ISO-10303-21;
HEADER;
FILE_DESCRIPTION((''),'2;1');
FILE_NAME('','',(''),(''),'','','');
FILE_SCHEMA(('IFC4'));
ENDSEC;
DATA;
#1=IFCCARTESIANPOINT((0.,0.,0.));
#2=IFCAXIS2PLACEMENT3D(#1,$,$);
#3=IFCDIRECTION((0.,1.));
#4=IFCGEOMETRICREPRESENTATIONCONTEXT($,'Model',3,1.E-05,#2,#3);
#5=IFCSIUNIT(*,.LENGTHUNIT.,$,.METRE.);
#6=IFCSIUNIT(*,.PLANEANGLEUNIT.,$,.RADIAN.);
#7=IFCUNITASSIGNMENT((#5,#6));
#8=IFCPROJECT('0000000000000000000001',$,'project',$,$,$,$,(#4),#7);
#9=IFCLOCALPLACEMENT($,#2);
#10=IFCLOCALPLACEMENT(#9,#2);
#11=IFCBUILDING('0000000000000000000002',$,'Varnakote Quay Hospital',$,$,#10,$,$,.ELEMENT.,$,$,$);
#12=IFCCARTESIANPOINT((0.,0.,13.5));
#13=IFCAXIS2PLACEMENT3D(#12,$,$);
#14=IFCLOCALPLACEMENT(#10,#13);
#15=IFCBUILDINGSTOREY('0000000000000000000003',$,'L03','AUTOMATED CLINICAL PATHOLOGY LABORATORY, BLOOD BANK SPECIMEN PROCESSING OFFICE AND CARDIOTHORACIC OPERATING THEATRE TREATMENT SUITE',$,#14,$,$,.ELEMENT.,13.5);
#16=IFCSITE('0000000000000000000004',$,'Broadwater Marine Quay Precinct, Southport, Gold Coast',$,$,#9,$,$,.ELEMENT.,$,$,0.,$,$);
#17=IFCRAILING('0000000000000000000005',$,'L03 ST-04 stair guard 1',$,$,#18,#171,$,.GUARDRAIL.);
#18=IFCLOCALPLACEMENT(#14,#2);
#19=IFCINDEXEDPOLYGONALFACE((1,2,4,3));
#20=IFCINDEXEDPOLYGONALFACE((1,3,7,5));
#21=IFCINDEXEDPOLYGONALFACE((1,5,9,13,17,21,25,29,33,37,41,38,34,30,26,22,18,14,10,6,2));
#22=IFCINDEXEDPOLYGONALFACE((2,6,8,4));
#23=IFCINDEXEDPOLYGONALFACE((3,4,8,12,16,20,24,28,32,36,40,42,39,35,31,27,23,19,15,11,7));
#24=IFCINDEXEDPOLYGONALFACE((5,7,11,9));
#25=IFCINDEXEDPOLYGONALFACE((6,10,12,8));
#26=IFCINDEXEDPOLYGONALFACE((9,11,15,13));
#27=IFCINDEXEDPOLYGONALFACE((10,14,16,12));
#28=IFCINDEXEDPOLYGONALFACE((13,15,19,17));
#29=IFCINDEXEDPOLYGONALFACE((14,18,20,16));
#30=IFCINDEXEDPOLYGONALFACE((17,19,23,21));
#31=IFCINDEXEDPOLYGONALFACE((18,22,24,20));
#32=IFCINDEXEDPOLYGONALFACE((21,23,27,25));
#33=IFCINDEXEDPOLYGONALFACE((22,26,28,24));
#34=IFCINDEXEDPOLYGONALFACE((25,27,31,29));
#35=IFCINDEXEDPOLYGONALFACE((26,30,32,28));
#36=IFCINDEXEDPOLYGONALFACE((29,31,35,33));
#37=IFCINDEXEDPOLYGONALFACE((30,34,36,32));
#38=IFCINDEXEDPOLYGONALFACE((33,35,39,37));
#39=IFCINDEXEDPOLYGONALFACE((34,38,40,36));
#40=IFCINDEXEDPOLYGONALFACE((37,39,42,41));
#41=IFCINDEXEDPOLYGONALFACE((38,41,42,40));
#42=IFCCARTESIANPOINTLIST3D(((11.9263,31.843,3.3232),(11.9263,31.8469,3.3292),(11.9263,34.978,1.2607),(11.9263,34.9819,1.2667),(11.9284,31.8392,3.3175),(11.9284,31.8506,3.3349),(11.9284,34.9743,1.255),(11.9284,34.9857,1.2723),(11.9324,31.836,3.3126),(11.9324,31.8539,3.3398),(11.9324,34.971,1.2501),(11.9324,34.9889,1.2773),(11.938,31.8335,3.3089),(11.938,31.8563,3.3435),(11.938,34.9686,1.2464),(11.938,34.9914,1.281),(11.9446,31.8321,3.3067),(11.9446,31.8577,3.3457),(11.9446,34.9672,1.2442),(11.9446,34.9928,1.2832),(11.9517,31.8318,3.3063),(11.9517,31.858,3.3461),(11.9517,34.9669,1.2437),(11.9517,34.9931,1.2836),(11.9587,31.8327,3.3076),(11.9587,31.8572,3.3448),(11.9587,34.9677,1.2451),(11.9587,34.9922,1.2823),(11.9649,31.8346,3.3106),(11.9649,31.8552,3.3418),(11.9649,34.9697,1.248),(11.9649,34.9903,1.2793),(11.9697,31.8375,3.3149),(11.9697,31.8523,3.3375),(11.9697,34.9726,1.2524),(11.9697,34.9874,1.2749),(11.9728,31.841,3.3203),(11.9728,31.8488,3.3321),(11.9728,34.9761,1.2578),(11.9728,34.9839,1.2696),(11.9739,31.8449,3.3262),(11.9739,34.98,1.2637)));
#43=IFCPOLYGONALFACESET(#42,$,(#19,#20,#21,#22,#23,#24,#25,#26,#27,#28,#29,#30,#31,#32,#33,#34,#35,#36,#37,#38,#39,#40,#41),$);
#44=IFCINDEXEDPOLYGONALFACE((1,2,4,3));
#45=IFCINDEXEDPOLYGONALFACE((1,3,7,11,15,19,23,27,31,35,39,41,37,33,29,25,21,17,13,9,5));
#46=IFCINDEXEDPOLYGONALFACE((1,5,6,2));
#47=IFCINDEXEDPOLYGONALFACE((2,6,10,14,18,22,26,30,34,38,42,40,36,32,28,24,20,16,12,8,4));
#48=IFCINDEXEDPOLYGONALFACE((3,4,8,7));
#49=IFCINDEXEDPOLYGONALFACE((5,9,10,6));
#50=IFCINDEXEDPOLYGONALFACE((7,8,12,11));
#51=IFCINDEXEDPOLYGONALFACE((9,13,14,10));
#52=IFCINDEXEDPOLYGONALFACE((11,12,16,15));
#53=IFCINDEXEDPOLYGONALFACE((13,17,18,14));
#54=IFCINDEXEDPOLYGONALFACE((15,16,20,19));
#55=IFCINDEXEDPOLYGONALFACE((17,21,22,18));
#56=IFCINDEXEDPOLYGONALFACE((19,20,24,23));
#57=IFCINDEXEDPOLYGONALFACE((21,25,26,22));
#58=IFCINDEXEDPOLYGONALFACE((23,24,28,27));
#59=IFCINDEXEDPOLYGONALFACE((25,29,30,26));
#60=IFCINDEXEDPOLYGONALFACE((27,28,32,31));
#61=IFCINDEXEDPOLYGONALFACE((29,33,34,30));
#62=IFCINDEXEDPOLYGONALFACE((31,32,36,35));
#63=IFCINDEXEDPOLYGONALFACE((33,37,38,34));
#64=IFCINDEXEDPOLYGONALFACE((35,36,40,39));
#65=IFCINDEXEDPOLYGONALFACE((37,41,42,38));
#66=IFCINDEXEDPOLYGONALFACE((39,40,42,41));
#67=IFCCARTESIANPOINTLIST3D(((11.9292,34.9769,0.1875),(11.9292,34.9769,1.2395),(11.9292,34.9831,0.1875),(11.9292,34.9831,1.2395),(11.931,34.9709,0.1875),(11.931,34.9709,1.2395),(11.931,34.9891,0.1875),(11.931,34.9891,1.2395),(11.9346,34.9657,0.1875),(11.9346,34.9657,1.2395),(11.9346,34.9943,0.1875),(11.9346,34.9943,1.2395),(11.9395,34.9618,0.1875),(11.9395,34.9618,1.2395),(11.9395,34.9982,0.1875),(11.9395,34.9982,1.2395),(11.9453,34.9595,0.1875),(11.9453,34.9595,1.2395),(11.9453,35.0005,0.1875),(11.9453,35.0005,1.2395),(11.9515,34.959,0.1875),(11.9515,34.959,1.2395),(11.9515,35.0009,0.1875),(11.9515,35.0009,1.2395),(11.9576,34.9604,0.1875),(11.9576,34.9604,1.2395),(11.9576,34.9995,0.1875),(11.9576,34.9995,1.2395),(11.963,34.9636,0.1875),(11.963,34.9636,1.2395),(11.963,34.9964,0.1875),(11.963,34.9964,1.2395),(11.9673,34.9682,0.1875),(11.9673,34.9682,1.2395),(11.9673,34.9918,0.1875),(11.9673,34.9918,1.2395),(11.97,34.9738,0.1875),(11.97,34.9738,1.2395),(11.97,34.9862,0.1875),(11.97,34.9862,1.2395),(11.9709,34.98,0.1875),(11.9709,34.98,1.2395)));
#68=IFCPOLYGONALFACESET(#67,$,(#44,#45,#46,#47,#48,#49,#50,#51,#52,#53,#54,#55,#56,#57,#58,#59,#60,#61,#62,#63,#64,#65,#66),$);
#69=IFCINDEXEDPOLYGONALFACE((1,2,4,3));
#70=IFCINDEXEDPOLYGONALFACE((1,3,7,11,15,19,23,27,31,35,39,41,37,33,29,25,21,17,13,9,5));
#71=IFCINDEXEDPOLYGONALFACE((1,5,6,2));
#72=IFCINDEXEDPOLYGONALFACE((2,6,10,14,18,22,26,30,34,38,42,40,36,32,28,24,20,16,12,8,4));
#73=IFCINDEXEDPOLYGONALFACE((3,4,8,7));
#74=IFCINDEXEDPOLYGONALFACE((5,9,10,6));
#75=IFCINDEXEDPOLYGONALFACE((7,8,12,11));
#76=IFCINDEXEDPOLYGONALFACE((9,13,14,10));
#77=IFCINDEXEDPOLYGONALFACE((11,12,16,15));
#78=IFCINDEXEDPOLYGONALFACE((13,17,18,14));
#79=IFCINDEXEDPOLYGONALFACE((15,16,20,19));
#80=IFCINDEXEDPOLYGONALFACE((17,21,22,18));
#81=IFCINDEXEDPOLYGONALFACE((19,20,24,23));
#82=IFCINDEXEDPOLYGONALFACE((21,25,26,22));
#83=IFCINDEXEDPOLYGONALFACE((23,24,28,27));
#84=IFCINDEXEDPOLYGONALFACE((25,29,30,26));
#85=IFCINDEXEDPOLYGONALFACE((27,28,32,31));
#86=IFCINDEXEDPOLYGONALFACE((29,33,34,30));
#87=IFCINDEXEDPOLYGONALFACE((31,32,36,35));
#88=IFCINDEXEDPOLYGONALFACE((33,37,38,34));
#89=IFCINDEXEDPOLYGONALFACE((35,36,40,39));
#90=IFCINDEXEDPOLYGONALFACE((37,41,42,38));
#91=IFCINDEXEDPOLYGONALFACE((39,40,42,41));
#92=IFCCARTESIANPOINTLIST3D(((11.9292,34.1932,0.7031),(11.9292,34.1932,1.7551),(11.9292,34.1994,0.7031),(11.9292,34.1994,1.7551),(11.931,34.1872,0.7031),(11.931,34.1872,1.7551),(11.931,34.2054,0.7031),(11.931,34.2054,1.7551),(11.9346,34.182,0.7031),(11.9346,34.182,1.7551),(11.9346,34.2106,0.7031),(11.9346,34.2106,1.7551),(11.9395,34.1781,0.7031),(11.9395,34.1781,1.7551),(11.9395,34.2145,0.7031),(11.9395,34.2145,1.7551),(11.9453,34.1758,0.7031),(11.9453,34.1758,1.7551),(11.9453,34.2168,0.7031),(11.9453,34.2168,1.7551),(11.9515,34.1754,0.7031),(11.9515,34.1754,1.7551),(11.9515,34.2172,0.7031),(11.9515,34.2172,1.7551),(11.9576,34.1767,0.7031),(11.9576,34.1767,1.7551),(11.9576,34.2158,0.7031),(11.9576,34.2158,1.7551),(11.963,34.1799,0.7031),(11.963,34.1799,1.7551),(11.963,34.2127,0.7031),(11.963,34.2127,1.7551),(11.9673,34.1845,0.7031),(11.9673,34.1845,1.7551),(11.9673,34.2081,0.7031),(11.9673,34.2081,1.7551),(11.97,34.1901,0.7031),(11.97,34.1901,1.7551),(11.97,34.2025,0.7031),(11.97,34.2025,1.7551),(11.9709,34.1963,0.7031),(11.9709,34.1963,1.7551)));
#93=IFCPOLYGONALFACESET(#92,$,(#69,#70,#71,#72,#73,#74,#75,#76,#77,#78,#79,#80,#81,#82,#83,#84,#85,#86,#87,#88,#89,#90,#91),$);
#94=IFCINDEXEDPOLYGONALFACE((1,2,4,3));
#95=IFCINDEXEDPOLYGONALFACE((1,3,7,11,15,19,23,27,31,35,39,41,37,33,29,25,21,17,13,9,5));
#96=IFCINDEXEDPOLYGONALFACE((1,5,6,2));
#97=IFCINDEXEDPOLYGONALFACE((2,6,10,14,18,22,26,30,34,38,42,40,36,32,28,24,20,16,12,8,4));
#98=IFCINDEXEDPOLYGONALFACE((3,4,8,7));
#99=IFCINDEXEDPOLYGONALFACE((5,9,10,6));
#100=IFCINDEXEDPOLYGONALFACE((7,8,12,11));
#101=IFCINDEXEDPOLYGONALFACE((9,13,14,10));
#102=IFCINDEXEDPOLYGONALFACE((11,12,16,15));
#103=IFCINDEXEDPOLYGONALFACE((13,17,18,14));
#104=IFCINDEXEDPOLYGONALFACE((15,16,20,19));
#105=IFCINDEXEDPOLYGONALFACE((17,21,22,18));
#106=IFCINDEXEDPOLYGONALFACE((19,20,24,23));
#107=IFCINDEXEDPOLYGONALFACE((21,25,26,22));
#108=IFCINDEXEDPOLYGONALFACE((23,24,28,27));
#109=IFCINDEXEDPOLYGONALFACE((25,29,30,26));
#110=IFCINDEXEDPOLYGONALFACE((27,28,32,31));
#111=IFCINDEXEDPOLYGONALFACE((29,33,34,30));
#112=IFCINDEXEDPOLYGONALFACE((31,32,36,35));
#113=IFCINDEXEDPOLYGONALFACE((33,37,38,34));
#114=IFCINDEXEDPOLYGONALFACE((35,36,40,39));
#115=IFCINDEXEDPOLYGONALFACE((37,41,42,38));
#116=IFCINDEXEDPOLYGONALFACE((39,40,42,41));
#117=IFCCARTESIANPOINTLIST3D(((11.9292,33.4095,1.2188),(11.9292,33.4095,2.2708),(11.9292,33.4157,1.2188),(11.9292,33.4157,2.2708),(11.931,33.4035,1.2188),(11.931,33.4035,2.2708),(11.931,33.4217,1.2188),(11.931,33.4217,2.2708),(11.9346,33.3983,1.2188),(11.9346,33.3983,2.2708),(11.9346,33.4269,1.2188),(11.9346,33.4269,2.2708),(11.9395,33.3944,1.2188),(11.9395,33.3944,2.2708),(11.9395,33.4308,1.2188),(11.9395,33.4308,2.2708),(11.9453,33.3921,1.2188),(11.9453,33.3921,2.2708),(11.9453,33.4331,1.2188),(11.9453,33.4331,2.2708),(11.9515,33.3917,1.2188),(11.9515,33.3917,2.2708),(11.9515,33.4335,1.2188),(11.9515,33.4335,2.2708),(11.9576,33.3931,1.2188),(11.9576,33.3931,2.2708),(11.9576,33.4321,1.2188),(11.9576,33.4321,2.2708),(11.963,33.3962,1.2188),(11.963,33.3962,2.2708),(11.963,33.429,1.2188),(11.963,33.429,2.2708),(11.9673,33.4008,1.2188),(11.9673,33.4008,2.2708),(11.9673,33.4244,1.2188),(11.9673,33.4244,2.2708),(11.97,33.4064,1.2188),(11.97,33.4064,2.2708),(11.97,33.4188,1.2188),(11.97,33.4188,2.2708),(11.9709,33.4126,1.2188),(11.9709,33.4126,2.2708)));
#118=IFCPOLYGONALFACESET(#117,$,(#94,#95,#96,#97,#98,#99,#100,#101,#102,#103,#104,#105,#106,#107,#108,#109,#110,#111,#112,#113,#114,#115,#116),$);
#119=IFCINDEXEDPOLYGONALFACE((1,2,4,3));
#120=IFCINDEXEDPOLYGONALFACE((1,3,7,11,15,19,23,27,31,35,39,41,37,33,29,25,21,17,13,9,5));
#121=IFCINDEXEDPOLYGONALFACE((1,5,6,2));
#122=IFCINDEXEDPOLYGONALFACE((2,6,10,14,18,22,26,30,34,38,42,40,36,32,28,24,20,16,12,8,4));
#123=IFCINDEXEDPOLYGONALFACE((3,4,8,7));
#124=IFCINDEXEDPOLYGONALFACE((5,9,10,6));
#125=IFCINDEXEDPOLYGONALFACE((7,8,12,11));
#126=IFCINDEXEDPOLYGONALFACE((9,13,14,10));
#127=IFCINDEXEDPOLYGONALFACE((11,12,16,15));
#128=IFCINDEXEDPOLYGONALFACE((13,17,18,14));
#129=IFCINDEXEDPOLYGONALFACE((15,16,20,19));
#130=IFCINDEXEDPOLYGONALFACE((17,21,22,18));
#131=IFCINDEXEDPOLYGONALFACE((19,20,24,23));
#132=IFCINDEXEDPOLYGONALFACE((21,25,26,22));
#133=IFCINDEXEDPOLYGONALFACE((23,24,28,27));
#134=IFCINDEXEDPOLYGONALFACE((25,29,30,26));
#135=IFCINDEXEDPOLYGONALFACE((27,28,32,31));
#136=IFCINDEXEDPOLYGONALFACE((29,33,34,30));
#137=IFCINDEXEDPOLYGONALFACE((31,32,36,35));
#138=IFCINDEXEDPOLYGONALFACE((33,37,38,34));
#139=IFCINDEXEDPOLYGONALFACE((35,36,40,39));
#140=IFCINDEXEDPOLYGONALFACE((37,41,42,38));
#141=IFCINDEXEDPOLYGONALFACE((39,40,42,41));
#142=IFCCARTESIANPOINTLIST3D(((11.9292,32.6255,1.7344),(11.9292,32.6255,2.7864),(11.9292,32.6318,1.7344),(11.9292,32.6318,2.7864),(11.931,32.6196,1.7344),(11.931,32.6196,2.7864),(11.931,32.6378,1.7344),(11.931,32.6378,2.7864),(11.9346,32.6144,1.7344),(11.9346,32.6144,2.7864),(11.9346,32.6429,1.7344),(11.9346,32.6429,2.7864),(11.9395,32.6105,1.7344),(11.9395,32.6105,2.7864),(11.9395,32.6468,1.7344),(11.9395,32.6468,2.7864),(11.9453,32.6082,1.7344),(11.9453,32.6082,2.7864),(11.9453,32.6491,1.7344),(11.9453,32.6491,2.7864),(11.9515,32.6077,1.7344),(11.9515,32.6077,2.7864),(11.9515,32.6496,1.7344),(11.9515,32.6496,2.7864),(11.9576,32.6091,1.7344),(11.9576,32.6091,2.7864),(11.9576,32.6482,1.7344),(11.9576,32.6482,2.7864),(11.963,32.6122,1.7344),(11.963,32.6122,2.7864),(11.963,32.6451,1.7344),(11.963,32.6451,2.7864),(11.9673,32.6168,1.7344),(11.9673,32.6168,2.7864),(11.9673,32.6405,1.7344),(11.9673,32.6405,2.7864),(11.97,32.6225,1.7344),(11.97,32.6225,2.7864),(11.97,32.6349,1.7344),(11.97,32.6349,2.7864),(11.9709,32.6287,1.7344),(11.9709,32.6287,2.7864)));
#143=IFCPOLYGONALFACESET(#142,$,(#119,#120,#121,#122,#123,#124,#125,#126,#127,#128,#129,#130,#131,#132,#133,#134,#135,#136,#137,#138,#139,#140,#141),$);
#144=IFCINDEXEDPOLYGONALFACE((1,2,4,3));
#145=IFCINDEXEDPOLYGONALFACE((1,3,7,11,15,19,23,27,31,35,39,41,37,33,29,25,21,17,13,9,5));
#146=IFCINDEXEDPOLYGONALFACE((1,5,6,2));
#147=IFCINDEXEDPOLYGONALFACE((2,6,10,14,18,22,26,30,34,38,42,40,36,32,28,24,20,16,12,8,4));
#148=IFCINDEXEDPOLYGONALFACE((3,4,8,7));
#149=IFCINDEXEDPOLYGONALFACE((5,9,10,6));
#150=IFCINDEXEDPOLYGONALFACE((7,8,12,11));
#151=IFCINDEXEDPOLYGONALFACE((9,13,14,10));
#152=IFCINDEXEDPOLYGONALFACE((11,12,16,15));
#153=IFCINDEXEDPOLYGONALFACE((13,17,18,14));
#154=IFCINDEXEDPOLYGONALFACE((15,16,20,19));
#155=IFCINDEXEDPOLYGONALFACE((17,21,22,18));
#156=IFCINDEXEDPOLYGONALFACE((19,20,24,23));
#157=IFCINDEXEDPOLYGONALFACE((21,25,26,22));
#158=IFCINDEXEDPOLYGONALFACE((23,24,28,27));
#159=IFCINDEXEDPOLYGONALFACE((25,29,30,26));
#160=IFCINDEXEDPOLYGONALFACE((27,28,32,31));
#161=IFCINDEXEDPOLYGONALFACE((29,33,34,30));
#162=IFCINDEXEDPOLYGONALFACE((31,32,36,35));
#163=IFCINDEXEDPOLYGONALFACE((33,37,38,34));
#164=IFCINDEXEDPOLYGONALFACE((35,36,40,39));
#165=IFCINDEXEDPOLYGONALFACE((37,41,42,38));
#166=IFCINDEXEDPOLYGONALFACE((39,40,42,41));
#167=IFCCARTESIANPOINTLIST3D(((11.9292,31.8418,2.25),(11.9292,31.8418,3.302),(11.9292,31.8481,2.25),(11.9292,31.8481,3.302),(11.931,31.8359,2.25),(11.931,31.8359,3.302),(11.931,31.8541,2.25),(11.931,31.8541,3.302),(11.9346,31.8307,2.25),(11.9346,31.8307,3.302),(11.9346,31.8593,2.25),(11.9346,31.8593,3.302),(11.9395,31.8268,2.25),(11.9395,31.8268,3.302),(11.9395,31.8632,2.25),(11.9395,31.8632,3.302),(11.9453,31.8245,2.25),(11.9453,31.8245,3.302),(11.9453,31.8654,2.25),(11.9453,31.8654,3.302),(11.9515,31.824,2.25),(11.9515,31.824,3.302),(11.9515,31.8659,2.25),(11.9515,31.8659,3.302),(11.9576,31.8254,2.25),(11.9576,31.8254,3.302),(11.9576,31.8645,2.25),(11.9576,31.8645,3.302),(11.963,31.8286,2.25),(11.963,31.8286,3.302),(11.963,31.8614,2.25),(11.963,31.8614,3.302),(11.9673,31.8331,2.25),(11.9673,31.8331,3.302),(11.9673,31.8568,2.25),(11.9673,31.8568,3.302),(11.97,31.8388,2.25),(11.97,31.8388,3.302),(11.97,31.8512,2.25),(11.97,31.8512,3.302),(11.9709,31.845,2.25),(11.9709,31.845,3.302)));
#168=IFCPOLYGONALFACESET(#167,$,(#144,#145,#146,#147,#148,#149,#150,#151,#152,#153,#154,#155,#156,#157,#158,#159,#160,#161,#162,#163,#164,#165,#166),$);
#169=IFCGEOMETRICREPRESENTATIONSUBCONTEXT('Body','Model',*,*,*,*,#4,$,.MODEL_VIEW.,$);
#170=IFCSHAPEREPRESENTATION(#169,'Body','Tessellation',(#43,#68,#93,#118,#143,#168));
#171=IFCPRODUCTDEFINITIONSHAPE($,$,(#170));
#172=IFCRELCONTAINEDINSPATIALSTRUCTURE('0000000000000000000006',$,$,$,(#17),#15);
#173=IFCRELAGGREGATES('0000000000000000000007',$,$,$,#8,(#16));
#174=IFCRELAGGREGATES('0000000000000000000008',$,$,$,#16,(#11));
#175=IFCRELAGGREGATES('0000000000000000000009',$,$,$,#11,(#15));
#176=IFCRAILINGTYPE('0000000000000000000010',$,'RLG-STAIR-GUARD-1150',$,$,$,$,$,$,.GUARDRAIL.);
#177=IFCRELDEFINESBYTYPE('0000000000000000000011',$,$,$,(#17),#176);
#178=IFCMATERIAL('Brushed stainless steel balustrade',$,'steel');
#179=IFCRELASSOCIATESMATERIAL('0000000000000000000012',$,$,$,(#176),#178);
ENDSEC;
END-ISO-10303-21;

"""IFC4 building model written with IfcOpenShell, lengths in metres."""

from ifc_helpers import new_model, si_unit, direction, frame, origin, origin_2d, place, context, subcontext, project, spatial, circle, extrude, material, type_object, element, save


model = new_model("IFC4")

# Units and contexts
model_context = context("Model", 3, precision=1e-05, world=origin(), true_north=direction((0.0, 1.0)))
body_context = subcontext(model_context, "Body", "Model", "MODEL_VIEW")
ifc_project = project(units=[si_unit("LENGTHUNIT", "METRE"), si_unit("PLANEANGLEUNIT", "RADIAN")], contexts=[model_context])

# Site, building, storey
site_placement = place(None, origin())
site = spatial("IfcSite", under=ifc_project, at=site_placement, Name="Broadwater Marine Quay Precinct, Southport, Gold Coast", CompositionType="ELEMENT", RefElevation=0.0)
building_placement = place(site_placement, origin())
building = spatial("IfcBuilding", under=site, at=building_placement, Name="Varnakote Quay Hospital", CompositionType="ELEMENT")
storey_placement = place(building_placement, frame((0.0, 0.0, 13.5)))
storey = spatial("IfcBuildingStorey", under=building, at=storey_placement, Name="L03", Description="AUTOMATED CLINICAL PATHOLOGY LABORATORY, BLOOD BANK SPECIMEN PROCESSING OFFICE AND CARDIOTHORACIC OPERATING THEATRE TREATMENT SUITE", CompositionType="ELEMENT", Elevation=13.5)

# Railing
ifc_material_1 = material(Name="Brushed stainless steel balustrade", Category="steel")
railing_type_1 = type_object("IfcRailingType", Name="RLG-STAIR-GUARD-1150", PredefinedType="GUARDRAIL", material=ifc_material_1)
railing_1_placement = place(storey_placement, frame((11.95, 34.98, 0.1875)))
element("IfcRailing", 1, at=railing_1_placement, inside=storey, type_object=railing_type_1, Name="L03 ST-04 stair guard 1", PredefinedType="GUARDRAIL", context=body_context, shape_type="SweptSolid", body=[
    extrude(circle(Radius=0.0239, at=origin_2d()), frame((0.0, 0.0, 1.0762), z_axis=(0.0, -0.835418, 0.549615), x_axis=(1.0, 0.0, 0.0)), (0.0, 0.0, 1.0), 3.7527),
    extrude(circle(Radius=0.021, at=origin_2d()), origin(), (0.0, 0.0, 1.0), 1.052),
    extrude(circle(Radius=0.021, at=origin_2d()), frame((0.0, -0.7837, 0.5156)), (0.0, 0.0, 1.0), 1.052),
    extrude(circle(Radius=0.021, at=origin_2d()), frame((0.0, -1.5674, 1.0312)), (0.0, 0.0, 1.0), 1.052),
    extrude(circle(Radius=0.021, at=origin_2d()), frame((0.0, -2.3513, 1.5469)), (0.0, 0.0, 1.0), 1.052),
    extrude(circle(Radius=0.021, at=origin_2d()), frame((0.0, -3.135, 2.0625)), (0.0, 0.0, 1.0), 1.052),
])

save(model, "model.ifc")
